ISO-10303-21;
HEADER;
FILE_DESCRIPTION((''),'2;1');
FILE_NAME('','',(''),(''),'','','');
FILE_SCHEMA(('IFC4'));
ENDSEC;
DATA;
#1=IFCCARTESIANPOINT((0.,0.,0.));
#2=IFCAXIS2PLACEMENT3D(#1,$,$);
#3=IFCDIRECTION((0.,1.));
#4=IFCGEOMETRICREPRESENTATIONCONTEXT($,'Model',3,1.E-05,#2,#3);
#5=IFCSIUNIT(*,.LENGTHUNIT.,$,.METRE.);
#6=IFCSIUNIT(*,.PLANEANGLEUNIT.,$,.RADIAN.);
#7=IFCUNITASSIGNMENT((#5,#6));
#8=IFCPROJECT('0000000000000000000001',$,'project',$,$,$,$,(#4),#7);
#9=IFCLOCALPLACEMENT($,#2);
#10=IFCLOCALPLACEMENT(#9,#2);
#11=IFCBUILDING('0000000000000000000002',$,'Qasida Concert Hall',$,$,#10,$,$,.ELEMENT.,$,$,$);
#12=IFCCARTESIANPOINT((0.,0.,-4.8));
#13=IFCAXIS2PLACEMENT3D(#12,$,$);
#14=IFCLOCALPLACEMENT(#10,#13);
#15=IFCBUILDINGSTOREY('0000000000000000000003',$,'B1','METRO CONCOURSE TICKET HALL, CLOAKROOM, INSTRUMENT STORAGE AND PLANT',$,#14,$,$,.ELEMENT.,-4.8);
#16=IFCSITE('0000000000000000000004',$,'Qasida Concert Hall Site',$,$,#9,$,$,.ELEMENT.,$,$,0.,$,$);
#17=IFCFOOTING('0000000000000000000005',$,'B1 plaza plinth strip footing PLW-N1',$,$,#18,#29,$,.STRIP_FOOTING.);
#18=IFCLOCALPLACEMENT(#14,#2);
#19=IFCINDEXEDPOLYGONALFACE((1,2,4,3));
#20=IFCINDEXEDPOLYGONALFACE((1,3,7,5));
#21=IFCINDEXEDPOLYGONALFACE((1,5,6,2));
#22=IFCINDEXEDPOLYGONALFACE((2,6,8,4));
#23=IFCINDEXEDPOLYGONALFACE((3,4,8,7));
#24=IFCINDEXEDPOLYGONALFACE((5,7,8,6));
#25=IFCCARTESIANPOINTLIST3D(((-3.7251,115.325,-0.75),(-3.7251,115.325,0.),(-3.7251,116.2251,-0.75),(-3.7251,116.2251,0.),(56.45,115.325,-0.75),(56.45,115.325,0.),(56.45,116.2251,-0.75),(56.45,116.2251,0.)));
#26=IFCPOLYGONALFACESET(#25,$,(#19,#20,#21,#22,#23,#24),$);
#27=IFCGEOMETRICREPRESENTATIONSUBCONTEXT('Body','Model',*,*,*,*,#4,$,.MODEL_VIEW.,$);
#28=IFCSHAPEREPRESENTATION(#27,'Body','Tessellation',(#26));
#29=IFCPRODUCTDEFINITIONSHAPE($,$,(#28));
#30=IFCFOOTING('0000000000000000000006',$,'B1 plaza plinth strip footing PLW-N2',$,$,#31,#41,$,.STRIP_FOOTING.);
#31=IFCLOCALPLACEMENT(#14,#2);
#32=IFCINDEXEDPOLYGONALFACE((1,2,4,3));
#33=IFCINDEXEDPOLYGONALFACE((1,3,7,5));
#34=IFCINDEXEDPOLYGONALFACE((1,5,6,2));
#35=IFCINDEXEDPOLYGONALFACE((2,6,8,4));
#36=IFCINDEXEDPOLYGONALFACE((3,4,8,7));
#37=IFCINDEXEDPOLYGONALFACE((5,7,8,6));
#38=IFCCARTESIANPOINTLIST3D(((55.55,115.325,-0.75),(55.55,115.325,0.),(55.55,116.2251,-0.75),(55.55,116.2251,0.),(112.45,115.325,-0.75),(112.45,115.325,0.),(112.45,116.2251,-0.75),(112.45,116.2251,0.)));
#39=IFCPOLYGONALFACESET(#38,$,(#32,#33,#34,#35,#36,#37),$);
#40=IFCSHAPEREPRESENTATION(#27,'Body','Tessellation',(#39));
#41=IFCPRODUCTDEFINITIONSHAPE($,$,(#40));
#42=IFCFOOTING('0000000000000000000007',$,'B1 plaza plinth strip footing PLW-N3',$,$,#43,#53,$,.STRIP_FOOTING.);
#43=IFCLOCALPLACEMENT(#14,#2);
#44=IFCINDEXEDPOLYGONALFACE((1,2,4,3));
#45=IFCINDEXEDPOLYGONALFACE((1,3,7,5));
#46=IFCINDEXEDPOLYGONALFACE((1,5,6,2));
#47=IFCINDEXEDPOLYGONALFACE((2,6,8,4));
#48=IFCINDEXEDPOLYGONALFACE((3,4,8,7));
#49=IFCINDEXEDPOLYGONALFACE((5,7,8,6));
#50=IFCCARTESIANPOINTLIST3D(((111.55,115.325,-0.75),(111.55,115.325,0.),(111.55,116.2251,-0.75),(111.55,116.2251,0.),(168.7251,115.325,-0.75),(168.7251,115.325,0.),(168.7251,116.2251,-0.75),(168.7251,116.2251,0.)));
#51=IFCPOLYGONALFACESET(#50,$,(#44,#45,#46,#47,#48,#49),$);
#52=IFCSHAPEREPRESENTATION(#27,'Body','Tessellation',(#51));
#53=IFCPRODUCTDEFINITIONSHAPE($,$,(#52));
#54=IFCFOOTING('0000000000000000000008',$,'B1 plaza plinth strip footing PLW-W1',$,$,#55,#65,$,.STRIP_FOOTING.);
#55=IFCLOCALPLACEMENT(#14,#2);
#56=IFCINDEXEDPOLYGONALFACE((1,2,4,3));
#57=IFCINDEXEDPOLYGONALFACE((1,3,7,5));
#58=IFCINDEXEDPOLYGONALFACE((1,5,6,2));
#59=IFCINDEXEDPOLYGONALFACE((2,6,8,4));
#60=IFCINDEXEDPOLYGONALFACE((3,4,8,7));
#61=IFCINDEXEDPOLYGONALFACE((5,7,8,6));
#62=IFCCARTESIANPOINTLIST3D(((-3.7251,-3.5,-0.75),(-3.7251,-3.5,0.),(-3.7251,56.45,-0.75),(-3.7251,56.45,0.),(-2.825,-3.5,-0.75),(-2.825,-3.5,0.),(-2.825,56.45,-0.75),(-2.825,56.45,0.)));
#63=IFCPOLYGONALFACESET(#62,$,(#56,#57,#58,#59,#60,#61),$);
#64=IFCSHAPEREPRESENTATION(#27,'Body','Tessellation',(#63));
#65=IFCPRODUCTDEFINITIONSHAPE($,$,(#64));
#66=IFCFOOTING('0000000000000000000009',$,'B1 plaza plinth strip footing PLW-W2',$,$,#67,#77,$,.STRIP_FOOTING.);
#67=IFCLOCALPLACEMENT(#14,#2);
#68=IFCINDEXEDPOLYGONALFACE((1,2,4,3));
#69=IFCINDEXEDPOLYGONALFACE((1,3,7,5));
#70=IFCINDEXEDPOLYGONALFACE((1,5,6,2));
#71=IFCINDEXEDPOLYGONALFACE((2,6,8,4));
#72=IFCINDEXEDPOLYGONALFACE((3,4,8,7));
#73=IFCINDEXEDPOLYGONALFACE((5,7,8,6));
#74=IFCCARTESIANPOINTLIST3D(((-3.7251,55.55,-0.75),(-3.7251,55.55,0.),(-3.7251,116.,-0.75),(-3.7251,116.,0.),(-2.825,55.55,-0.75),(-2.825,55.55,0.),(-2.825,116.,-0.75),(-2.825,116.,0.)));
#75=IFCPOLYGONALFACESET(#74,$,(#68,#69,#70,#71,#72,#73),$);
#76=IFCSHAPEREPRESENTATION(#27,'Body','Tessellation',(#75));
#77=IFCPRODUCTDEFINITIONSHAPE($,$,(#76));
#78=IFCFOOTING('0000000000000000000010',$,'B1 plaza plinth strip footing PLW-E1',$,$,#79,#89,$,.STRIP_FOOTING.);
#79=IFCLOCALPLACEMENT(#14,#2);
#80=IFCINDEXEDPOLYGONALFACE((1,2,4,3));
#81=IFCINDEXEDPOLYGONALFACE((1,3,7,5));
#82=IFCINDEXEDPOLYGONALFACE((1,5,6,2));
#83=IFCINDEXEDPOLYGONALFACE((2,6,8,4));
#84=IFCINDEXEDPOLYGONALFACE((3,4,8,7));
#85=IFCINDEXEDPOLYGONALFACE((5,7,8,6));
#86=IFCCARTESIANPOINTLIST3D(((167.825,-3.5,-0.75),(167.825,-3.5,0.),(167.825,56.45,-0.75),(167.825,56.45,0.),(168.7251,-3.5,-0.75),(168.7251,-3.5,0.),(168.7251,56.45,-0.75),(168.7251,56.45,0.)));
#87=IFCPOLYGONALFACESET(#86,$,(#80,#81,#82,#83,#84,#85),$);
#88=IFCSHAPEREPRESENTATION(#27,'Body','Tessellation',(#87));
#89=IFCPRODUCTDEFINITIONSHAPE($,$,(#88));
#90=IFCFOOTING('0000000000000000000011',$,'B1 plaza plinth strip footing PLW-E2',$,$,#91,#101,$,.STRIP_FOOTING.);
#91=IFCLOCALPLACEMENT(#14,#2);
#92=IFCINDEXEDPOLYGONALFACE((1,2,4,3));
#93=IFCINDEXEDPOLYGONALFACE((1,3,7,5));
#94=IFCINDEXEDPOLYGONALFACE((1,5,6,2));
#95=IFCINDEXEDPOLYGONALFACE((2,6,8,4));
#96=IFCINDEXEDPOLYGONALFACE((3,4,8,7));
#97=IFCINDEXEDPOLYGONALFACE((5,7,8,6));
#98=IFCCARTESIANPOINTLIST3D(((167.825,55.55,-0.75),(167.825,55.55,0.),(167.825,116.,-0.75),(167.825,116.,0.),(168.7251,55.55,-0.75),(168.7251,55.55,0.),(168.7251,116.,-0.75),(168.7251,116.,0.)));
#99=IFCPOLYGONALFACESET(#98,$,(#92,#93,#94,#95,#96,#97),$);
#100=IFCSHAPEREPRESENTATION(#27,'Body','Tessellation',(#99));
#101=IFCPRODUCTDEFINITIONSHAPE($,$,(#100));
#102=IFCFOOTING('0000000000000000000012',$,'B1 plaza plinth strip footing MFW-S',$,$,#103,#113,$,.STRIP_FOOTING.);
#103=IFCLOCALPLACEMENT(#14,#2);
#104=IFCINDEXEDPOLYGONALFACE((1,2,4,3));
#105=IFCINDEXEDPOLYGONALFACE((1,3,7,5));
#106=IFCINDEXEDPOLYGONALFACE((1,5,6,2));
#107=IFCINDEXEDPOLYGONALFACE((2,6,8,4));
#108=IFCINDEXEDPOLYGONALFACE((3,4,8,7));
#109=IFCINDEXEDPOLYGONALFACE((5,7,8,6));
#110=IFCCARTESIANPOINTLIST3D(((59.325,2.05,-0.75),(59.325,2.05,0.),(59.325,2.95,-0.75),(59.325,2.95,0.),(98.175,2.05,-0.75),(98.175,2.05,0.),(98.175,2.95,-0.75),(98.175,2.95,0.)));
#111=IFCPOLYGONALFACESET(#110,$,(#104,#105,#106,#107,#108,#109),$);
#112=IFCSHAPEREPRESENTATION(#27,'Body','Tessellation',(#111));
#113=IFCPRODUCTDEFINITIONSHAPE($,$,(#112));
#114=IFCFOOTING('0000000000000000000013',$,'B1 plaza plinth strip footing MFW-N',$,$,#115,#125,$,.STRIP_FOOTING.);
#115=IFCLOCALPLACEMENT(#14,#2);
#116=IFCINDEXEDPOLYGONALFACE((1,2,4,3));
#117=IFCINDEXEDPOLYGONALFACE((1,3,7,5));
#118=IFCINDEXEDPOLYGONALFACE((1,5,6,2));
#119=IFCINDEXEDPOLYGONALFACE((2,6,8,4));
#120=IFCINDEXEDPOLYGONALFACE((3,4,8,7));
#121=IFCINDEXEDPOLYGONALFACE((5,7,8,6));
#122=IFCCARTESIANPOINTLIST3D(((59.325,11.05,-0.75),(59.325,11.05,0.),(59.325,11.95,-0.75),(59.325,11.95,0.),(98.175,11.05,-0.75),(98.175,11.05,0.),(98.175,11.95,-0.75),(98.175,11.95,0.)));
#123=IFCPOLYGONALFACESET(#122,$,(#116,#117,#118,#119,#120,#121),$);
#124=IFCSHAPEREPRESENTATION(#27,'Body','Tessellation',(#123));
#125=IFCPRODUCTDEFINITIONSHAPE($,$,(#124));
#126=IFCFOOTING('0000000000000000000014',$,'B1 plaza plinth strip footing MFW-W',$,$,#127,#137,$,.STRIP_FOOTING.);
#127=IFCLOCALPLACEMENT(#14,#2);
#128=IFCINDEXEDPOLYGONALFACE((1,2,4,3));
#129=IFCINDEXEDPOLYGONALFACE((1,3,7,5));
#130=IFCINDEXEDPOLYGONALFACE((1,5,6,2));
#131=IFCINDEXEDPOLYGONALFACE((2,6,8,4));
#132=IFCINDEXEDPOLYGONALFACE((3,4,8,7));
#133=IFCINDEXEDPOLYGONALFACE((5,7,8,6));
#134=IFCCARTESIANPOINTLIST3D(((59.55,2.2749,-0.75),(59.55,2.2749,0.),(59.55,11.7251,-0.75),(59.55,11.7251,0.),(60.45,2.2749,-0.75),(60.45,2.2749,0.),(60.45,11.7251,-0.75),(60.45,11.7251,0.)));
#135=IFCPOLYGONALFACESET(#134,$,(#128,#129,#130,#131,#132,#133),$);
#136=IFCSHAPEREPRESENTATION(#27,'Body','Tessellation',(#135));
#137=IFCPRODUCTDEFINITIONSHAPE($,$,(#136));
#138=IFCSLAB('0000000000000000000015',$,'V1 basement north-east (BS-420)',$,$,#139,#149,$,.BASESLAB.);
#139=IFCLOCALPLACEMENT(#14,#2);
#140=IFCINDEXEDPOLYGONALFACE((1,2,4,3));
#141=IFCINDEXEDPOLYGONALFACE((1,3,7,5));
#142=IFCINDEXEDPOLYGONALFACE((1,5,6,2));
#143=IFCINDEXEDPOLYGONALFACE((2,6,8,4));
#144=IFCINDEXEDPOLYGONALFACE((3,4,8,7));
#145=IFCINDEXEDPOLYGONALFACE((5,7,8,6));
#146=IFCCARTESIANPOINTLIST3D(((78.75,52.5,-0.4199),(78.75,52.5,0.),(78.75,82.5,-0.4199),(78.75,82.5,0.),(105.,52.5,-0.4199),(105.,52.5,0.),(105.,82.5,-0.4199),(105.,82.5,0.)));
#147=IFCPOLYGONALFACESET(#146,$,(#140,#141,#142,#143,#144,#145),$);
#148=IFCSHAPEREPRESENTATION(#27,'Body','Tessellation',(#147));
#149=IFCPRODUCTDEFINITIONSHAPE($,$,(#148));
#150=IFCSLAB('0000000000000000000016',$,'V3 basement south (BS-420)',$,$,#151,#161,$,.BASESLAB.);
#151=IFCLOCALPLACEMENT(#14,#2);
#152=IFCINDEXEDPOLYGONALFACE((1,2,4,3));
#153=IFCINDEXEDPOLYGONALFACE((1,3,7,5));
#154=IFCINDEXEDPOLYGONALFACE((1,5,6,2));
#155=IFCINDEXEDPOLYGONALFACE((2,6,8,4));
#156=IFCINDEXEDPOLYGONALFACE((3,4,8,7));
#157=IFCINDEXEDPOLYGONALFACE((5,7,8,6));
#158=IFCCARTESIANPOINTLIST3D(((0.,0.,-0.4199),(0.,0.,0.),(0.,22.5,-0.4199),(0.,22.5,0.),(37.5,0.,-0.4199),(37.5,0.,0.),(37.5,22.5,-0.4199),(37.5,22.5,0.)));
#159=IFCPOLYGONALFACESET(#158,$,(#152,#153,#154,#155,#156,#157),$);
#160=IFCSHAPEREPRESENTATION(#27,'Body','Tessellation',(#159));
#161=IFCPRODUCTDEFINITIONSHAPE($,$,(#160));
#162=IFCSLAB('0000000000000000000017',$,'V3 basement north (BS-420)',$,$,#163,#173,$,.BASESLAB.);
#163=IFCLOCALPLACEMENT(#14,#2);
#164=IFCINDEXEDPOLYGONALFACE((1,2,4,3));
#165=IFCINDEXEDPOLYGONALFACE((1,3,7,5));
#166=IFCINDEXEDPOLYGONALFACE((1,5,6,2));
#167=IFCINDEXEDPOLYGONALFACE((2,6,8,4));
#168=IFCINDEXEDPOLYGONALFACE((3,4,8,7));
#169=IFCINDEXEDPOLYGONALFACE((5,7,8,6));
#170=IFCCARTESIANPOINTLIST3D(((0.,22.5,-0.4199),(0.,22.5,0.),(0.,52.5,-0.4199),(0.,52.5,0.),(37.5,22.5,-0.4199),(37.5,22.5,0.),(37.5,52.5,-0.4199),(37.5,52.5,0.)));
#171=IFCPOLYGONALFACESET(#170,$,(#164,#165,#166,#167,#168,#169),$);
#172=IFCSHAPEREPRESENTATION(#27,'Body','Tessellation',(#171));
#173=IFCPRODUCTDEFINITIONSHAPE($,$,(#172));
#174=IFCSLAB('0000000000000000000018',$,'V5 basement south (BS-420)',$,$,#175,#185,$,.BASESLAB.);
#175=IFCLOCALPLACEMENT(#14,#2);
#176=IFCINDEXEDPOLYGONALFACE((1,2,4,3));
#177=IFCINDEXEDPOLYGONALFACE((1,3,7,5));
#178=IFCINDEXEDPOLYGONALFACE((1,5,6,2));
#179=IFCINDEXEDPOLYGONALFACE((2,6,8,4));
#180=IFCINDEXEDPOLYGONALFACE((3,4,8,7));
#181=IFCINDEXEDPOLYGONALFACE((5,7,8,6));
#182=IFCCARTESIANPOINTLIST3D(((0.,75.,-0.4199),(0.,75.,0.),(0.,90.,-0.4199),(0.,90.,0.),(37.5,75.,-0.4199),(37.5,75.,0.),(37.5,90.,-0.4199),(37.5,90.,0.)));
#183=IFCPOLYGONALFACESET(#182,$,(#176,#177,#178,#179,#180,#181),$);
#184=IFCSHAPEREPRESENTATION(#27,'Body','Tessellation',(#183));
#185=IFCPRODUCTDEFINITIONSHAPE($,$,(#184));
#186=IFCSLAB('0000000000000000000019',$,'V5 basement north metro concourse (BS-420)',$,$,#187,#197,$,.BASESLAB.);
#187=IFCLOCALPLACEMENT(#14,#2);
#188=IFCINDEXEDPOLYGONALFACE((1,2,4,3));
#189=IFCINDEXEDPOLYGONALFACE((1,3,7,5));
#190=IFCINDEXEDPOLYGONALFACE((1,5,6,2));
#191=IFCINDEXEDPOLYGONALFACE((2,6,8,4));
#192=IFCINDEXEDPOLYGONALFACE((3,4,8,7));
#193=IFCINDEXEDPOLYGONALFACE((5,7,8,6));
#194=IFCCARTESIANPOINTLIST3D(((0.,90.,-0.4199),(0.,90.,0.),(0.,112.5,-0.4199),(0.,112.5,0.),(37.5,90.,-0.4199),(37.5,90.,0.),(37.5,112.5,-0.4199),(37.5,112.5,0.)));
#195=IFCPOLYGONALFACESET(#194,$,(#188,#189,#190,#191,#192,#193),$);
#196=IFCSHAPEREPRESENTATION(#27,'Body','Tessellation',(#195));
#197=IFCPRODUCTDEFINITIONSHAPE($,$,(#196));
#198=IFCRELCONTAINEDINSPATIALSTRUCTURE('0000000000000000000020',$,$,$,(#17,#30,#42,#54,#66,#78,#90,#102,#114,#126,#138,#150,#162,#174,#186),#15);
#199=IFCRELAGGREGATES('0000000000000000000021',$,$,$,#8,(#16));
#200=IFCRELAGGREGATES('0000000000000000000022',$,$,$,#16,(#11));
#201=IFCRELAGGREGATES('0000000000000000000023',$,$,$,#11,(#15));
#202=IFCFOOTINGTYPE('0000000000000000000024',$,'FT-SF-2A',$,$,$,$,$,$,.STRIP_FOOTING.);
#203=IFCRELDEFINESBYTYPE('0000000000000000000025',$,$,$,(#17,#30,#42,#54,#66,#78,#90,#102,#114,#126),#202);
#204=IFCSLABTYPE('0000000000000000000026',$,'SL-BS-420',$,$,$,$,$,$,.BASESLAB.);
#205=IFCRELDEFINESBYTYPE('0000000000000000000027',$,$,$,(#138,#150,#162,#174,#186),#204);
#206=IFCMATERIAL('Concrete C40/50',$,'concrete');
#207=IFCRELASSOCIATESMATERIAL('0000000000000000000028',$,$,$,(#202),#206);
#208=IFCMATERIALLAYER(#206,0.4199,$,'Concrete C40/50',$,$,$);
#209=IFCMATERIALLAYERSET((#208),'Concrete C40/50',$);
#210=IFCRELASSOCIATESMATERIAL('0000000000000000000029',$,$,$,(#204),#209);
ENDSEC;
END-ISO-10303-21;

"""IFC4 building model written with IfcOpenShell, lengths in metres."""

from ifc_helpers import new_model, si_unit, direction, frame, origin, place, context, subcontext, project, spatial, polyline, outline, extrude, material, layer, layer_set, type_object, element, save


model = new_model("IFC4")

# Units and contexts
model_context = context("Model", 3, precision=1e-05, world=origin(), true_north=direction((0.0, 1.0)))
body_context = subcontext(model_context, "Body", "Model", "MODEL_VIEW")
ifc_project = project(units=[si_unit("LENGTHUNIT", "METRE"), si_unit("PLANEANGLEUNIT", "RADIAN")], contexts=[model_context])

# Site, building, storey
site_placement = place(None, origin())
site = spatial("IfcSite", under=ifc_project, at=site_placement, Name="Qasida Concert Hall Site", CompositionType="ELEMENT", RefElevation=0.0)
building_placement = place(site_placement, origin())
building = spatial("IfcBuilding", under=site, at=building_placement, Name="Qasida Concert Hall", CompositionType="ELEMENT")
storey_placement = place(building_placement, frame((0.0, 0.0, -4.8)))
storey = spatial("IfcBuildingStorey", under=building, at=storey_placement, Name="B1", Description="METRO CONCOURSE TICKET HALL, CLOAKROOM, INSTRUMENT STORAGE AND PLANT", CompositionType="ELEMENT", Elevation=-4.8)

# Footings
ifc_material_1 = material(Name="Concrete C40/50", Category="concrete")
footing_type_1 = type_object("IfcFootingType", Name="FT-SF-2A", PredefinedType="STRIP_FOOTING", material=ifc_material_1)
footing_1_placement = place(storey_placement, frame((0.0, 0.0, -0.75)))
element("IfcFooting", 1, at=footing_1_placement, inside=storey, type_object=footing_type_1, Name="B1 plaza plinth strip footing PLW-N1", PredefinedType="STRIP_FOOTING", context=body_context, shape_type="SweptSolid", body=[
    extrude(outline(polyline([(-3.7251, 115.325), (56.45, 115.325), (56.45, 116.2251), (-3.7251, 116.2251), (-3.7251, 115.325)])), origin(), (0.0, 0.0, 1.0), 0.75),
])
footing_2_placement = place(storey_placement, frame((0.0, 0.0, -0.75)))
element("IfcFooting", 2, at=footing_2_placement, inside=storey, type_object=footing_type_1, Name="B1 plaza plinth strip footing PLW-N2", PredefinedType="STRIP_FOOTING", context=body_context, shape_type="SweptSolid", body=[
    extrude(outline(polyline([(55.55, 115.325), (112.45, 115.325), (112.45, 116.2251), (55.55, 116.2251), (55.55, 115.325)])), origin(), (0.0, 0.0, 1.0), 0.75),
])
footing_3_placement = place(storey_placement, frame((0.0, 0.0, -0.75)))
element("IfcFooting", 3, at=footing_3_placement, inside=storey, type_object=footing_type_1, Name="B1 plaza plinth strip footing PLW-N3", PredefinedType="STRIP_FOOTING", context=body_context, shape_type="SweptSolid", body=[
    extrude(outline(polyline([(111.55, 115.325), (168.7251, 115.325), (168.7251, 116.2251), (111.55, 116.2251), (111.55, 115.325)])), origin(), (0.0, 0.0, 1.0), 0.75),
])
footing_4_placement = place(storey_placement, frame((0.0, 0.0, -0.75)))
element("IfcFooting", 4, at=footing_4_placement, inside=storey, type_object=footing_type_1, Name="B1 plaza plinth strip footing PLW-W1", PredefinedType="STRIP_FOOTING", context=body_context, shape_type="SweptSolid", body=[
    extrude(outline(polyline([(-3.7251, -3.5), (-2.825, -3.5), (-2.825, 56.45), (-3.7251, 56.45), (-3.7251, -3.5)])), origin(), (0.0, 0.0, 1.0), 0.75),
])
footing_5_placement = place(storey_placement, frame((0.0, 0.0, -0.75)))
element("IfcFooting", 5, at=footing_5_placement, inside=storey, type_object=footing_type_1, Name="B1 plaza plinth strip footing PLW-W2", PredefinedType="STRIP_FOOTING", context=body_context, shape_type="SweptSolid", body=[
    extrude(outline(polyline([(-3.7251, 55.55), (-2.825, 55.55), (-2.825, 116.0), (-3.7251, 116.0), (-3.7251, 55.55)])), origin(), (0.0, 0.0, 1.0), 0.75),
])
footing_6_placement = place(storey_placement, frame((0.0, 0.0, -0.75)))
element("IfcFooting", 6, at=footing_6_placement, inside=storey, type_object=footing_type_1, Name="B1 plaza plinth strip footing PLW-E1", PredefinedType="STRIP_FOOTING", context=body_context, shape_type="SweptSolid", body=[
    extrude(outline(polyline([(167.825, -3.5), (168.7251, -3.5), (168.7251, 56.45), (167.825, 56.45), (167.825, -3.5)])), origin(), (0.0, 0.0, 1.0), 0.75),
])
footing_7_placement = place(storey_placement, frame((0.0, 0.0, -0.75)))
element("IfcFooting", 7, at=footing_7_placement, inside=storey, type_object=footing_type_1, Name="B1 plaza plinth strip footing PLW-E2", PredefinedType="STRIP_FOOTING", context=body_context, shape_type="SweptSolid", body=[
    extrude(outline(polyline([(167.825, 55.55), (168.7251, 55.55), (168.7251, 116.0), (167.825, 116.0), (167.825, 55.55)])), origin(), (0.0, 0.0, 1.0), 0.75),
])
footing_8_placement = place(storey_placement, frame((0.0, 0.0, -0.75)))
element("IfcFooting", 8, at=footing_8_placement, inside=storey, type_object=footing_type_1, Name="B1 plaza plinth strip footing MFW-S", PredefinedType="STRIP_FOOTING", context=body_context, shape_type="SweptSolid", body=[
    extrude(outline(polyline([(59.325, 2.05), (98.175, 2.05), (98.175, 2.95), (59.325, 2.95), (59.325, 2.05)])), origin(), (0.0, 0.0, 1.0), 0.75),
])
footing_9_placement = place(storey_placement, frame((0.0, 0.0, -0.75)))
element("IfcFooting", 9, at=footing_9_placement, inside=storey, type_object=footing_type_1, Name="B1 plaza plinth strip footing MFW-N", PredefinedType="STRIP_FOOTING", context=body_context, shape_type="SweptSolid", body=[
    extrude(outline(polyline([(59.325, 11.05), (98.175, 11.05), (98.175, 11.95), (59.325, 11.95), (59.325, 11.05)])), origin(), (0.0, 0.0, 1.0), 0.75),
])
footing_10_placement = place(storey_placement, frame((0.0, 0.0, -0.75)))
element("IfcFooting", 10, at=footing_10_placement, inside=storey, type_object=footing_type_1, Name="B1 plaza plinth strip footing MFW-W", PredefinedType="STRIP_FOOTING", context=body_context, shape_type="SweptSolid", body=[
    extrude(outline(polyline([(59.55, 2.2749), (60.45, 2.2749), (60.45, 11.7251), (59.55, 11.7251), (59.55, 2.2749)])), origin(), (0.0, 0.0, 1.0), 0.75),
])

# Slabs
ifc_layer_1 = layer(ifc_material_1, 0.4199, Name="Concrete C40/50")
ifc_layer_set_1 = layer_set([ifc_layer_1], Name="Concrete C40/50")
slab_type = type_object("IfcSlabType", Name="SL-BS-420", PredefinedType="BASESLAB", material=ifc_layer_set_1)
slab_1_placement = place(storey_placement, frame((0.0, 0.0, -0.4199)))
element("IfcSlab", 11, at=slab_1_placement, inside=storey, type_object=slab_type, Name="V1 basement north-east (BS-420)", PredefinedType="BASESLAB", context=body_context, shape_type="SweptSolid", body=[
    extrude(outline(polyline([(78.75, 52.5), (105.0, 52.5), (105.0, 82.5), (78.75, 82.5), (78.75, 52.5)])), origin(), (0.0, 0.0, 1.0), 0.4199),
])
slab_2_placement = place(storey_placement, frame((0.0, 0.0, -0.4199)))
element("IfcSlab", 12, at=slab_2_placement, inside=storey, type_object=slab_type, Name="V3 basement south (BS-420)", PredefinedType="BASESLAB", context=body_context, shape_type="SweptSolid", body=[
    extrude(outline(polyline([(0.0, 0.0), (37.5, 0.0), (37.5, 22.5), (0.0, 22.5), (0.0, 0.0)])), origin(), (0.0, 0.0, 1.0), 0.4199),
])
slab_3_placement = place(storey_placement, frame((0.0, 0.0, -0.4199)))
element("IfcSlab", 13, at=slab_3_placement, inside=storey, type_object=slab_type, Name="V3 basement north (BS-420)", PredefinedType="BASESLAB", context=body_context, shape_type="SweptSolid", body=[
    extrude(outline(polyline([(0.0, 22.5), (37.5, 22.5), (37.5, 52.5), (0.0, 52.5), (0.0, 22.5)])), origin(), (0.0, 0.0, 1.0), 0.4199),
])
slab_4_placement = place(storey_placement, frame((0.0, 0.0, -0.4199)))
element("IfcSlab", 14, at=slab_4_placement, inside=storey, type_object=slab_type, Name="V5 basement south (BS-420)", PredefinedType="BASESLAB", context=body_context, shape_type="SweptSolid", body=[
    extrude(outline(polyline([(0.0, 75.0), (37.5, 75.0), (37.5, 90.0), (0.0, 90.0), (0.0, 75.0)])), origin(), (0.0, 0.0, 1.0), 0.4199),
])
slab_5_placement = place(storey_placement, frame((0.0, 0.0, -0.4199)))
element("IfcSlab", 15, at=slab_5_placement, inside=storey, type_object=slab_type, Name="V5 basement north metro concourse (BS-420)", PredefinedType="BASESLAB", context=body_context, shape_type="SweptSolid", body=[
    extrude(outline(polyline([(0.0, 90.0), (37.5, 90.0), (37.5, 112.5), (0.0, 112.5), (0.0, 90.0)])), origin(), (0.0, 0.0, 1.0), 0.4199),
])

save(model, "model.ifc")
